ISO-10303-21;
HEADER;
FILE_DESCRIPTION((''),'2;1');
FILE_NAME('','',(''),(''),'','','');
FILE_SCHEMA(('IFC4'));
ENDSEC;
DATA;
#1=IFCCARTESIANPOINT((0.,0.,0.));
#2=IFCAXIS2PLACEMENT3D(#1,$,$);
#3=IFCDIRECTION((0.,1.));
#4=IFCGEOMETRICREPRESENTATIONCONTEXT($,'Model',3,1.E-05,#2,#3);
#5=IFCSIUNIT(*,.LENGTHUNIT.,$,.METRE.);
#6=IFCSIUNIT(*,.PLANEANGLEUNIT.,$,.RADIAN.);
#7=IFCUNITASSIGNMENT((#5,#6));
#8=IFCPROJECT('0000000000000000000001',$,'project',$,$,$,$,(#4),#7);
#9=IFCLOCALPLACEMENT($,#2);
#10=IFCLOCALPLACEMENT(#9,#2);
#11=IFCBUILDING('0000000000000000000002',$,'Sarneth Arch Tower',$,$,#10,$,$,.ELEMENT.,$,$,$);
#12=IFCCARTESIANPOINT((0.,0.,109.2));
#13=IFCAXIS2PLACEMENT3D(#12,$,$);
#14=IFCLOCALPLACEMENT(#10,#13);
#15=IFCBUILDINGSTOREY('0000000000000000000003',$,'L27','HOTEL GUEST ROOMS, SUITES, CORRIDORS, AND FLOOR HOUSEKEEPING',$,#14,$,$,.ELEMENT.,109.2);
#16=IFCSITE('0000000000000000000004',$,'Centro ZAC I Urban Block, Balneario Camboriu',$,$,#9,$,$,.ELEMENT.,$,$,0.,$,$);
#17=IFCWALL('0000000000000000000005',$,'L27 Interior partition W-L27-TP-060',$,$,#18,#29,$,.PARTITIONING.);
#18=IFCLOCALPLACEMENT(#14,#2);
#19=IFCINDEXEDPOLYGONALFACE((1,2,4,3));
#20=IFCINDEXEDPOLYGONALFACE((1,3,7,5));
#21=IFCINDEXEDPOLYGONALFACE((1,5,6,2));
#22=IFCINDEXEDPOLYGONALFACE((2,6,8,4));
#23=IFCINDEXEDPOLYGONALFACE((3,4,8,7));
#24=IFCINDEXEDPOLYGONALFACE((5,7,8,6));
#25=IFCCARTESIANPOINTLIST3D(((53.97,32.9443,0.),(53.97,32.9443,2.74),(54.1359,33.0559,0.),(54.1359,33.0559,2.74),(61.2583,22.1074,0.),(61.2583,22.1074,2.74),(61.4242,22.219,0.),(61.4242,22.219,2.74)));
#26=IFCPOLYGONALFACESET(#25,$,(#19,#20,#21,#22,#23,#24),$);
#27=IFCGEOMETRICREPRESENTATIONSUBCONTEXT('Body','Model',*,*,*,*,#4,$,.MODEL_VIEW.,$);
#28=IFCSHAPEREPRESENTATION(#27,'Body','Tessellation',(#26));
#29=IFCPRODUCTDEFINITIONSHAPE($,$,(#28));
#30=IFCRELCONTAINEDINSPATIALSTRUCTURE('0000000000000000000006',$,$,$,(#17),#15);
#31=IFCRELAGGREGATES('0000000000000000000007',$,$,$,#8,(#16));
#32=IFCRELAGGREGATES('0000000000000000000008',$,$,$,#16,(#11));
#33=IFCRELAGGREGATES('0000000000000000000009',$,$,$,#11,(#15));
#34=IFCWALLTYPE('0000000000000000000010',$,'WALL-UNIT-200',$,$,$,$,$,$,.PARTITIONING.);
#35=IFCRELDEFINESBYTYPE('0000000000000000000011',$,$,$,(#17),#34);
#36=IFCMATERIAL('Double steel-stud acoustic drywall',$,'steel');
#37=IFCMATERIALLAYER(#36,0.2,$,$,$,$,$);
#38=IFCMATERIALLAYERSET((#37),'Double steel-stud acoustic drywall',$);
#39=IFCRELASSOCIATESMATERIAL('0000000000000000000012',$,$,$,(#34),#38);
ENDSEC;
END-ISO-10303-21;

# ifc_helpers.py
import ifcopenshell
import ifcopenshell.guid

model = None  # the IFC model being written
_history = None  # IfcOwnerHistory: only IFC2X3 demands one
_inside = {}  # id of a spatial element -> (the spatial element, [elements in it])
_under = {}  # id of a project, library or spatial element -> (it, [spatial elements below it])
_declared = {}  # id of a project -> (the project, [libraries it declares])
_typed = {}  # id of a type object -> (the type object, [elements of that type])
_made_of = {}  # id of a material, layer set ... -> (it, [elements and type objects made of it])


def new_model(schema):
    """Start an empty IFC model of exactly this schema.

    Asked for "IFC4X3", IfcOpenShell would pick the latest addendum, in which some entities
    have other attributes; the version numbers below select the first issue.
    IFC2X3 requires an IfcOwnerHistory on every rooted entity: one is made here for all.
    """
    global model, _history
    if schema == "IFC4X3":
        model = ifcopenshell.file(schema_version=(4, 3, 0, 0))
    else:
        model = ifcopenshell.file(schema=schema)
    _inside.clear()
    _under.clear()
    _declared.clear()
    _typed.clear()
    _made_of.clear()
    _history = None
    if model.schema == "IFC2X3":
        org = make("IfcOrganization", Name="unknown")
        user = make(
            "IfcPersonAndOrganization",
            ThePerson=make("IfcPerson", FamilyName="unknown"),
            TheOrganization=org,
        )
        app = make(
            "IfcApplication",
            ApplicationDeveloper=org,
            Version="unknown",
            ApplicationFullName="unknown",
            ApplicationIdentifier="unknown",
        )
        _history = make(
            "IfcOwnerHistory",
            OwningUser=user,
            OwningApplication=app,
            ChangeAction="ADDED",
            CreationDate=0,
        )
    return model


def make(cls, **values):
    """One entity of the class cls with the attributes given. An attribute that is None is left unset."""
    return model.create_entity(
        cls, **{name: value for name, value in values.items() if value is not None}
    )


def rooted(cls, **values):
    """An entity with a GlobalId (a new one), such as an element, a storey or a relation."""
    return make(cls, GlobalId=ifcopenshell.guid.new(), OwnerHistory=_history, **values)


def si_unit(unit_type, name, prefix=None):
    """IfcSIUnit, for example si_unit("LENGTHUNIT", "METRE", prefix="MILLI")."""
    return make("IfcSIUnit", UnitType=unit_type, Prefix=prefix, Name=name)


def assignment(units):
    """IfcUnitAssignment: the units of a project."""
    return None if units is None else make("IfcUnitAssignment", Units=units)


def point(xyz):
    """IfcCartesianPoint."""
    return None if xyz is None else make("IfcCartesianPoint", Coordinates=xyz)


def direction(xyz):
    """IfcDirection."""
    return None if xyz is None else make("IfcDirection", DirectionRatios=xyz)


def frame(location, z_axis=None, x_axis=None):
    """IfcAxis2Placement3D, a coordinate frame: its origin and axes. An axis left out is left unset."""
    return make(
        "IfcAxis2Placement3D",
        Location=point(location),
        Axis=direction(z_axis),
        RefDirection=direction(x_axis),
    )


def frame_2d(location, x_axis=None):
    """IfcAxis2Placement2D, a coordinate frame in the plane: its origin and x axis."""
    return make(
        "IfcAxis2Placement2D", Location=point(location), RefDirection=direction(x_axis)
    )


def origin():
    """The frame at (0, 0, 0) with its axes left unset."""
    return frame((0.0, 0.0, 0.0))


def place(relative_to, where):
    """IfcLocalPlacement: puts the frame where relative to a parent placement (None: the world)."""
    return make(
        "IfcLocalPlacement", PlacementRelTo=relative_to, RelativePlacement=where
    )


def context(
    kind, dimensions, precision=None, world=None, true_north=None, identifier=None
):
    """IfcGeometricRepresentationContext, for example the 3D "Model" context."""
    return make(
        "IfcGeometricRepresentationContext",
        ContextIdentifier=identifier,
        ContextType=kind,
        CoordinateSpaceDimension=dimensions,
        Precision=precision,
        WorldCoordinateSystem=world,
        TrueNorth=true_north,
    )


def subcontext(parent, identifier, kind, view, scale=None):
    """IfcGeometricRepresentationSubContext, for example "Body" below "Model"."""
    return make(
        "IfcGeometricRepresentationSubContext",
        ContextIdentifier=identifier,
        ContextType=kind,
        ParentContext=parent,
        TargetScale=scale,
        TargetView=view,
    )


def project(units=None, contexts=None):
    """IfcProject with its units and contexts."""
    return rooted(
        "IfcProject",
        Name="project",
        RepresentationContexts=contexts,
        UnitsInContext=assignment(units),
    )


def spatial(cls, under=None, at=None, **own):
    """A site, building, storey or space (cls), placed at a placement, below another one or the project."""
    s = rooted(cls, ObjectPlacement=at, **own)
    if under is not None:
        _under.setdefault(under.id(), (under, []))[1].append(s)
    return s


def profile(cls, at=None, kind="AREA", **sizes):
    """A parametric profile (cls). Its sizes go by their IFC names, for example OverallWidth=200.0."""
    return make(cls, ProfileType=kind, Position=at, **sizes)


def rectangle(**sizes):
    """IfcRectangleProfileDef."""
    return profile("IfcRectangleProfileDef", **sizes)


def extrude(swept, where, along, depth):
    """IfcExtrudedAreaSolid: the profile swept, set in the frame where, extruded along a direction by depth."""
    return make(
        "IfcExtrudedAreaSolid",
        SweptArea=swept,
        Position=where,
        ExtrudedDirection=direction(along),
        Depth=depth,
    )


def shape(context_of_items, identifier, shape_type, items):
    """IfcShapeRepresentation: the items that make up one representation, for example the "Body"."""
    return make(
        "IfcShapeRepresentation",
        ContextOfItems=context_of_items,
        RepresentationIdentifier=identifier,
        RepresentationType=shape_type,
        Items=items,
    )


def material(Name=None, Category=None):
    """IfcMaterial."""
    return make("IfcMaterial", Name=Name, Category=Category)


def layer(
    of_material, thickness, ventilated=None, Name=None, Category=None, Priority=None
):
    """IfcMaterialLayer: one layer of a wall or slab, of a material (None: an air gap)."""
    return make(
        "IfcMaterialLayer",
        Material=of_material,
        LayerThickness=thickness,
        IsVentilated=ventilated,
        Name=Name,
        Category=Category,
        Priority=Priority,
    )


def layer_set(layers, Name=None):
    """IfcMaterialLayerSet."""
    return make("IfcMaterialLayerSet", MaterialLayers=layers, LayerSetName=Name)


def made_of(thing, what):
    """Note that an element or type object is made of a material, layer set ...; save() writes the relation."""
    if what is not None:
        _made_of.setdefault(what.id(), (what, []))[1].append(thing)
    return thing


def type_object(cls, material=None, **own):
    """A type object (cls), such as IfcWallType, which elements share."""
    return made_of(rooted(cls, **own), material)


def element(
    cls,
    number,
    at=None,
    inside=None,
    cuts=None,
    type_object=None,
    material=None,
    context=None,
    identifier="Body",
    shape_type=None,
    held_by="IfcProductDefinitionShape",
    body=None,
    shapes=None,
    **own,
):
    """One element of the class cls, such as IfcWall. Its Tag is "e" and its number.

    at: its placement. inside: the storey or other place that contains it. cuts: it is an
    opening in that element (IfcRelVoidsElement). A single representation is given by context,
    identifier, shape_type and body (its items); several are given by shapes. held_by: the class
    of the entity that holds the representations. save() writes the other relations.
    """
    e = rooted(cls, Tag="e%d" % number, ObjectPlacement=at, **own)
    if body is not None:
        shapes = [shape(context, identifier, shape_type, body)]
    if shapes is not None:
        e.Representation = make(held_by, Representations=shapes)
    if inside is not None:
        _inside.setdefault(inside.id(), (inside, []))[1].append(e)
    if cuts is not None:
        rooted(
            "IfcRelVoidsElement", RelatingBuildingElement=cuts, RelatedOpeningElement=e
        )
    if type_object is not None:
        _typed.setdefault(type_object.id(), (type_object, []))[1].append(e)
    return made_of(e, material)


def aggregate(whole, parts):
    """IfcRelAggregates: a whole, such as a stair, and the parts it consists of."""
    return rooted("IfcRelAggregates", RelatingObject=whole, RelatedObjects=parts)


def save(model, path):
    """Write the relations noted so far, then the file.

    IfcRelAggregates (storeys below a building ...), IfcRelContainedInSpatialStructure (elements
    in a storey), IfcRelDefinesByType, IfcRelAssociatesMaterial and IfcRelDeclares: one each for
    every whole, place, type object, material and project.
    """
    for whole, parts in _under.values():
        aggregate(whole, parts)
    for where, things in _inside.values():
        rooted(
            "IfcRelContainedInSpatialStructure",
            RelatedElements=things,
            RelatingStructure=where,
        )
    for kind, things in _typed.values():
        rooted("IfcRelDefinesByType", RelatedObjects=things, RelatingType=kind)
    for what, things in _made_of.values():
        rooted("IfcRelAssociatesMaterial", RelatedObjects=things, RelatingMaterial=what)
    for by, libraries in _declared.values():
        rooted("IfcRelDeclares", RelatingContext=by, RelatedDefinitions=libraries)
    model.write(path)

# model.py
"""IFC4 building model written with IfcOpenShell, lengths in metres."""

from ifc_helpers import new_model, si_unit, direction, frame, frame_2d, origin, place, context, subcontext, project, spatial, rectangle, extrude, material, layer, layer_set, type_object, element, save


model = new_model("IFC4")

# Units and contexts
model_context = context("Model", 3, precision=1e-05, world=origin(), true_north=direction((0.0, 1.0)))
body_context = subcontext(model_context, "Body", "Model", "MODEL_VIEW")
ifc_project = project(units=[si_unit("LENGTHUNIT", "METRE"), si_unit("PLANEANGLEUNIT", "RADIAN")], contexts=[model_context])

# Site, building, storey
site_placement = place(None, origin())
site = spatial("IfcSite", under=ifc_project, at=site_placement, Name="Centro ZAC I Urban Block, Balneario Camboriu", CompositionType="ELEMENT", RefElevation=0.0)
building_placement = place(site_placement, origin())
building = spatial("IfcBuilding", under=site, at=building_placement, Name="Sarneth Arch Tower", CompositionType="ELEMENT")
storey_placement = place(building_placement, frame((0.0, 0.0, 109.2)))
storey = spatial("IfcBuildingStorey", under=building, at=storey_placement, Name="L27", Description="HOTEL GUEST ROOMS, SUITES, CORRIDORS, AND FLOOR HOUSEKEEPING", CompositionType="ELEMENT", Elevation=109.2)

# Wall
ifc_material_1 = material(Name="Double steel-stud acoustic drywall", Category="steel")
ifc_layer_1 = layer(ifc_material_1, 0.2)
ifc_layer_set_1 = layer_set([ifc_layer_1], Name="Double steel-stud acoustic drywall")
wall_type_1 = type_object("IfcWallType", Name="WALL-UNIT-200", PredefinedType="PARTITIONING", material=ifc_layer_set_1)
wall_1_placement = place(storey_placement, frame((54.053, 33.0, 0.0), z_axis=(0.0, 0.0, 1.0), x_axis=(0.558073, -0.829792, 0.0)))
element("IfcWall", 1, at=wall_1_placement, inside=storey, type_object=wall_type_1, Name="L27 Interior partition W-L27-TP-060", PredefinedType="PARTITIONING", context=body_context, shape_type="SweptSolid", body=[
    extrude(rectangle(XDim=13.0598, YDim=0.2, at=frame_2d((6.5298, 0.0))), origin(), (0.0, 0.0, 1.0), 2.74),
])

save(model, "model.ifc")
